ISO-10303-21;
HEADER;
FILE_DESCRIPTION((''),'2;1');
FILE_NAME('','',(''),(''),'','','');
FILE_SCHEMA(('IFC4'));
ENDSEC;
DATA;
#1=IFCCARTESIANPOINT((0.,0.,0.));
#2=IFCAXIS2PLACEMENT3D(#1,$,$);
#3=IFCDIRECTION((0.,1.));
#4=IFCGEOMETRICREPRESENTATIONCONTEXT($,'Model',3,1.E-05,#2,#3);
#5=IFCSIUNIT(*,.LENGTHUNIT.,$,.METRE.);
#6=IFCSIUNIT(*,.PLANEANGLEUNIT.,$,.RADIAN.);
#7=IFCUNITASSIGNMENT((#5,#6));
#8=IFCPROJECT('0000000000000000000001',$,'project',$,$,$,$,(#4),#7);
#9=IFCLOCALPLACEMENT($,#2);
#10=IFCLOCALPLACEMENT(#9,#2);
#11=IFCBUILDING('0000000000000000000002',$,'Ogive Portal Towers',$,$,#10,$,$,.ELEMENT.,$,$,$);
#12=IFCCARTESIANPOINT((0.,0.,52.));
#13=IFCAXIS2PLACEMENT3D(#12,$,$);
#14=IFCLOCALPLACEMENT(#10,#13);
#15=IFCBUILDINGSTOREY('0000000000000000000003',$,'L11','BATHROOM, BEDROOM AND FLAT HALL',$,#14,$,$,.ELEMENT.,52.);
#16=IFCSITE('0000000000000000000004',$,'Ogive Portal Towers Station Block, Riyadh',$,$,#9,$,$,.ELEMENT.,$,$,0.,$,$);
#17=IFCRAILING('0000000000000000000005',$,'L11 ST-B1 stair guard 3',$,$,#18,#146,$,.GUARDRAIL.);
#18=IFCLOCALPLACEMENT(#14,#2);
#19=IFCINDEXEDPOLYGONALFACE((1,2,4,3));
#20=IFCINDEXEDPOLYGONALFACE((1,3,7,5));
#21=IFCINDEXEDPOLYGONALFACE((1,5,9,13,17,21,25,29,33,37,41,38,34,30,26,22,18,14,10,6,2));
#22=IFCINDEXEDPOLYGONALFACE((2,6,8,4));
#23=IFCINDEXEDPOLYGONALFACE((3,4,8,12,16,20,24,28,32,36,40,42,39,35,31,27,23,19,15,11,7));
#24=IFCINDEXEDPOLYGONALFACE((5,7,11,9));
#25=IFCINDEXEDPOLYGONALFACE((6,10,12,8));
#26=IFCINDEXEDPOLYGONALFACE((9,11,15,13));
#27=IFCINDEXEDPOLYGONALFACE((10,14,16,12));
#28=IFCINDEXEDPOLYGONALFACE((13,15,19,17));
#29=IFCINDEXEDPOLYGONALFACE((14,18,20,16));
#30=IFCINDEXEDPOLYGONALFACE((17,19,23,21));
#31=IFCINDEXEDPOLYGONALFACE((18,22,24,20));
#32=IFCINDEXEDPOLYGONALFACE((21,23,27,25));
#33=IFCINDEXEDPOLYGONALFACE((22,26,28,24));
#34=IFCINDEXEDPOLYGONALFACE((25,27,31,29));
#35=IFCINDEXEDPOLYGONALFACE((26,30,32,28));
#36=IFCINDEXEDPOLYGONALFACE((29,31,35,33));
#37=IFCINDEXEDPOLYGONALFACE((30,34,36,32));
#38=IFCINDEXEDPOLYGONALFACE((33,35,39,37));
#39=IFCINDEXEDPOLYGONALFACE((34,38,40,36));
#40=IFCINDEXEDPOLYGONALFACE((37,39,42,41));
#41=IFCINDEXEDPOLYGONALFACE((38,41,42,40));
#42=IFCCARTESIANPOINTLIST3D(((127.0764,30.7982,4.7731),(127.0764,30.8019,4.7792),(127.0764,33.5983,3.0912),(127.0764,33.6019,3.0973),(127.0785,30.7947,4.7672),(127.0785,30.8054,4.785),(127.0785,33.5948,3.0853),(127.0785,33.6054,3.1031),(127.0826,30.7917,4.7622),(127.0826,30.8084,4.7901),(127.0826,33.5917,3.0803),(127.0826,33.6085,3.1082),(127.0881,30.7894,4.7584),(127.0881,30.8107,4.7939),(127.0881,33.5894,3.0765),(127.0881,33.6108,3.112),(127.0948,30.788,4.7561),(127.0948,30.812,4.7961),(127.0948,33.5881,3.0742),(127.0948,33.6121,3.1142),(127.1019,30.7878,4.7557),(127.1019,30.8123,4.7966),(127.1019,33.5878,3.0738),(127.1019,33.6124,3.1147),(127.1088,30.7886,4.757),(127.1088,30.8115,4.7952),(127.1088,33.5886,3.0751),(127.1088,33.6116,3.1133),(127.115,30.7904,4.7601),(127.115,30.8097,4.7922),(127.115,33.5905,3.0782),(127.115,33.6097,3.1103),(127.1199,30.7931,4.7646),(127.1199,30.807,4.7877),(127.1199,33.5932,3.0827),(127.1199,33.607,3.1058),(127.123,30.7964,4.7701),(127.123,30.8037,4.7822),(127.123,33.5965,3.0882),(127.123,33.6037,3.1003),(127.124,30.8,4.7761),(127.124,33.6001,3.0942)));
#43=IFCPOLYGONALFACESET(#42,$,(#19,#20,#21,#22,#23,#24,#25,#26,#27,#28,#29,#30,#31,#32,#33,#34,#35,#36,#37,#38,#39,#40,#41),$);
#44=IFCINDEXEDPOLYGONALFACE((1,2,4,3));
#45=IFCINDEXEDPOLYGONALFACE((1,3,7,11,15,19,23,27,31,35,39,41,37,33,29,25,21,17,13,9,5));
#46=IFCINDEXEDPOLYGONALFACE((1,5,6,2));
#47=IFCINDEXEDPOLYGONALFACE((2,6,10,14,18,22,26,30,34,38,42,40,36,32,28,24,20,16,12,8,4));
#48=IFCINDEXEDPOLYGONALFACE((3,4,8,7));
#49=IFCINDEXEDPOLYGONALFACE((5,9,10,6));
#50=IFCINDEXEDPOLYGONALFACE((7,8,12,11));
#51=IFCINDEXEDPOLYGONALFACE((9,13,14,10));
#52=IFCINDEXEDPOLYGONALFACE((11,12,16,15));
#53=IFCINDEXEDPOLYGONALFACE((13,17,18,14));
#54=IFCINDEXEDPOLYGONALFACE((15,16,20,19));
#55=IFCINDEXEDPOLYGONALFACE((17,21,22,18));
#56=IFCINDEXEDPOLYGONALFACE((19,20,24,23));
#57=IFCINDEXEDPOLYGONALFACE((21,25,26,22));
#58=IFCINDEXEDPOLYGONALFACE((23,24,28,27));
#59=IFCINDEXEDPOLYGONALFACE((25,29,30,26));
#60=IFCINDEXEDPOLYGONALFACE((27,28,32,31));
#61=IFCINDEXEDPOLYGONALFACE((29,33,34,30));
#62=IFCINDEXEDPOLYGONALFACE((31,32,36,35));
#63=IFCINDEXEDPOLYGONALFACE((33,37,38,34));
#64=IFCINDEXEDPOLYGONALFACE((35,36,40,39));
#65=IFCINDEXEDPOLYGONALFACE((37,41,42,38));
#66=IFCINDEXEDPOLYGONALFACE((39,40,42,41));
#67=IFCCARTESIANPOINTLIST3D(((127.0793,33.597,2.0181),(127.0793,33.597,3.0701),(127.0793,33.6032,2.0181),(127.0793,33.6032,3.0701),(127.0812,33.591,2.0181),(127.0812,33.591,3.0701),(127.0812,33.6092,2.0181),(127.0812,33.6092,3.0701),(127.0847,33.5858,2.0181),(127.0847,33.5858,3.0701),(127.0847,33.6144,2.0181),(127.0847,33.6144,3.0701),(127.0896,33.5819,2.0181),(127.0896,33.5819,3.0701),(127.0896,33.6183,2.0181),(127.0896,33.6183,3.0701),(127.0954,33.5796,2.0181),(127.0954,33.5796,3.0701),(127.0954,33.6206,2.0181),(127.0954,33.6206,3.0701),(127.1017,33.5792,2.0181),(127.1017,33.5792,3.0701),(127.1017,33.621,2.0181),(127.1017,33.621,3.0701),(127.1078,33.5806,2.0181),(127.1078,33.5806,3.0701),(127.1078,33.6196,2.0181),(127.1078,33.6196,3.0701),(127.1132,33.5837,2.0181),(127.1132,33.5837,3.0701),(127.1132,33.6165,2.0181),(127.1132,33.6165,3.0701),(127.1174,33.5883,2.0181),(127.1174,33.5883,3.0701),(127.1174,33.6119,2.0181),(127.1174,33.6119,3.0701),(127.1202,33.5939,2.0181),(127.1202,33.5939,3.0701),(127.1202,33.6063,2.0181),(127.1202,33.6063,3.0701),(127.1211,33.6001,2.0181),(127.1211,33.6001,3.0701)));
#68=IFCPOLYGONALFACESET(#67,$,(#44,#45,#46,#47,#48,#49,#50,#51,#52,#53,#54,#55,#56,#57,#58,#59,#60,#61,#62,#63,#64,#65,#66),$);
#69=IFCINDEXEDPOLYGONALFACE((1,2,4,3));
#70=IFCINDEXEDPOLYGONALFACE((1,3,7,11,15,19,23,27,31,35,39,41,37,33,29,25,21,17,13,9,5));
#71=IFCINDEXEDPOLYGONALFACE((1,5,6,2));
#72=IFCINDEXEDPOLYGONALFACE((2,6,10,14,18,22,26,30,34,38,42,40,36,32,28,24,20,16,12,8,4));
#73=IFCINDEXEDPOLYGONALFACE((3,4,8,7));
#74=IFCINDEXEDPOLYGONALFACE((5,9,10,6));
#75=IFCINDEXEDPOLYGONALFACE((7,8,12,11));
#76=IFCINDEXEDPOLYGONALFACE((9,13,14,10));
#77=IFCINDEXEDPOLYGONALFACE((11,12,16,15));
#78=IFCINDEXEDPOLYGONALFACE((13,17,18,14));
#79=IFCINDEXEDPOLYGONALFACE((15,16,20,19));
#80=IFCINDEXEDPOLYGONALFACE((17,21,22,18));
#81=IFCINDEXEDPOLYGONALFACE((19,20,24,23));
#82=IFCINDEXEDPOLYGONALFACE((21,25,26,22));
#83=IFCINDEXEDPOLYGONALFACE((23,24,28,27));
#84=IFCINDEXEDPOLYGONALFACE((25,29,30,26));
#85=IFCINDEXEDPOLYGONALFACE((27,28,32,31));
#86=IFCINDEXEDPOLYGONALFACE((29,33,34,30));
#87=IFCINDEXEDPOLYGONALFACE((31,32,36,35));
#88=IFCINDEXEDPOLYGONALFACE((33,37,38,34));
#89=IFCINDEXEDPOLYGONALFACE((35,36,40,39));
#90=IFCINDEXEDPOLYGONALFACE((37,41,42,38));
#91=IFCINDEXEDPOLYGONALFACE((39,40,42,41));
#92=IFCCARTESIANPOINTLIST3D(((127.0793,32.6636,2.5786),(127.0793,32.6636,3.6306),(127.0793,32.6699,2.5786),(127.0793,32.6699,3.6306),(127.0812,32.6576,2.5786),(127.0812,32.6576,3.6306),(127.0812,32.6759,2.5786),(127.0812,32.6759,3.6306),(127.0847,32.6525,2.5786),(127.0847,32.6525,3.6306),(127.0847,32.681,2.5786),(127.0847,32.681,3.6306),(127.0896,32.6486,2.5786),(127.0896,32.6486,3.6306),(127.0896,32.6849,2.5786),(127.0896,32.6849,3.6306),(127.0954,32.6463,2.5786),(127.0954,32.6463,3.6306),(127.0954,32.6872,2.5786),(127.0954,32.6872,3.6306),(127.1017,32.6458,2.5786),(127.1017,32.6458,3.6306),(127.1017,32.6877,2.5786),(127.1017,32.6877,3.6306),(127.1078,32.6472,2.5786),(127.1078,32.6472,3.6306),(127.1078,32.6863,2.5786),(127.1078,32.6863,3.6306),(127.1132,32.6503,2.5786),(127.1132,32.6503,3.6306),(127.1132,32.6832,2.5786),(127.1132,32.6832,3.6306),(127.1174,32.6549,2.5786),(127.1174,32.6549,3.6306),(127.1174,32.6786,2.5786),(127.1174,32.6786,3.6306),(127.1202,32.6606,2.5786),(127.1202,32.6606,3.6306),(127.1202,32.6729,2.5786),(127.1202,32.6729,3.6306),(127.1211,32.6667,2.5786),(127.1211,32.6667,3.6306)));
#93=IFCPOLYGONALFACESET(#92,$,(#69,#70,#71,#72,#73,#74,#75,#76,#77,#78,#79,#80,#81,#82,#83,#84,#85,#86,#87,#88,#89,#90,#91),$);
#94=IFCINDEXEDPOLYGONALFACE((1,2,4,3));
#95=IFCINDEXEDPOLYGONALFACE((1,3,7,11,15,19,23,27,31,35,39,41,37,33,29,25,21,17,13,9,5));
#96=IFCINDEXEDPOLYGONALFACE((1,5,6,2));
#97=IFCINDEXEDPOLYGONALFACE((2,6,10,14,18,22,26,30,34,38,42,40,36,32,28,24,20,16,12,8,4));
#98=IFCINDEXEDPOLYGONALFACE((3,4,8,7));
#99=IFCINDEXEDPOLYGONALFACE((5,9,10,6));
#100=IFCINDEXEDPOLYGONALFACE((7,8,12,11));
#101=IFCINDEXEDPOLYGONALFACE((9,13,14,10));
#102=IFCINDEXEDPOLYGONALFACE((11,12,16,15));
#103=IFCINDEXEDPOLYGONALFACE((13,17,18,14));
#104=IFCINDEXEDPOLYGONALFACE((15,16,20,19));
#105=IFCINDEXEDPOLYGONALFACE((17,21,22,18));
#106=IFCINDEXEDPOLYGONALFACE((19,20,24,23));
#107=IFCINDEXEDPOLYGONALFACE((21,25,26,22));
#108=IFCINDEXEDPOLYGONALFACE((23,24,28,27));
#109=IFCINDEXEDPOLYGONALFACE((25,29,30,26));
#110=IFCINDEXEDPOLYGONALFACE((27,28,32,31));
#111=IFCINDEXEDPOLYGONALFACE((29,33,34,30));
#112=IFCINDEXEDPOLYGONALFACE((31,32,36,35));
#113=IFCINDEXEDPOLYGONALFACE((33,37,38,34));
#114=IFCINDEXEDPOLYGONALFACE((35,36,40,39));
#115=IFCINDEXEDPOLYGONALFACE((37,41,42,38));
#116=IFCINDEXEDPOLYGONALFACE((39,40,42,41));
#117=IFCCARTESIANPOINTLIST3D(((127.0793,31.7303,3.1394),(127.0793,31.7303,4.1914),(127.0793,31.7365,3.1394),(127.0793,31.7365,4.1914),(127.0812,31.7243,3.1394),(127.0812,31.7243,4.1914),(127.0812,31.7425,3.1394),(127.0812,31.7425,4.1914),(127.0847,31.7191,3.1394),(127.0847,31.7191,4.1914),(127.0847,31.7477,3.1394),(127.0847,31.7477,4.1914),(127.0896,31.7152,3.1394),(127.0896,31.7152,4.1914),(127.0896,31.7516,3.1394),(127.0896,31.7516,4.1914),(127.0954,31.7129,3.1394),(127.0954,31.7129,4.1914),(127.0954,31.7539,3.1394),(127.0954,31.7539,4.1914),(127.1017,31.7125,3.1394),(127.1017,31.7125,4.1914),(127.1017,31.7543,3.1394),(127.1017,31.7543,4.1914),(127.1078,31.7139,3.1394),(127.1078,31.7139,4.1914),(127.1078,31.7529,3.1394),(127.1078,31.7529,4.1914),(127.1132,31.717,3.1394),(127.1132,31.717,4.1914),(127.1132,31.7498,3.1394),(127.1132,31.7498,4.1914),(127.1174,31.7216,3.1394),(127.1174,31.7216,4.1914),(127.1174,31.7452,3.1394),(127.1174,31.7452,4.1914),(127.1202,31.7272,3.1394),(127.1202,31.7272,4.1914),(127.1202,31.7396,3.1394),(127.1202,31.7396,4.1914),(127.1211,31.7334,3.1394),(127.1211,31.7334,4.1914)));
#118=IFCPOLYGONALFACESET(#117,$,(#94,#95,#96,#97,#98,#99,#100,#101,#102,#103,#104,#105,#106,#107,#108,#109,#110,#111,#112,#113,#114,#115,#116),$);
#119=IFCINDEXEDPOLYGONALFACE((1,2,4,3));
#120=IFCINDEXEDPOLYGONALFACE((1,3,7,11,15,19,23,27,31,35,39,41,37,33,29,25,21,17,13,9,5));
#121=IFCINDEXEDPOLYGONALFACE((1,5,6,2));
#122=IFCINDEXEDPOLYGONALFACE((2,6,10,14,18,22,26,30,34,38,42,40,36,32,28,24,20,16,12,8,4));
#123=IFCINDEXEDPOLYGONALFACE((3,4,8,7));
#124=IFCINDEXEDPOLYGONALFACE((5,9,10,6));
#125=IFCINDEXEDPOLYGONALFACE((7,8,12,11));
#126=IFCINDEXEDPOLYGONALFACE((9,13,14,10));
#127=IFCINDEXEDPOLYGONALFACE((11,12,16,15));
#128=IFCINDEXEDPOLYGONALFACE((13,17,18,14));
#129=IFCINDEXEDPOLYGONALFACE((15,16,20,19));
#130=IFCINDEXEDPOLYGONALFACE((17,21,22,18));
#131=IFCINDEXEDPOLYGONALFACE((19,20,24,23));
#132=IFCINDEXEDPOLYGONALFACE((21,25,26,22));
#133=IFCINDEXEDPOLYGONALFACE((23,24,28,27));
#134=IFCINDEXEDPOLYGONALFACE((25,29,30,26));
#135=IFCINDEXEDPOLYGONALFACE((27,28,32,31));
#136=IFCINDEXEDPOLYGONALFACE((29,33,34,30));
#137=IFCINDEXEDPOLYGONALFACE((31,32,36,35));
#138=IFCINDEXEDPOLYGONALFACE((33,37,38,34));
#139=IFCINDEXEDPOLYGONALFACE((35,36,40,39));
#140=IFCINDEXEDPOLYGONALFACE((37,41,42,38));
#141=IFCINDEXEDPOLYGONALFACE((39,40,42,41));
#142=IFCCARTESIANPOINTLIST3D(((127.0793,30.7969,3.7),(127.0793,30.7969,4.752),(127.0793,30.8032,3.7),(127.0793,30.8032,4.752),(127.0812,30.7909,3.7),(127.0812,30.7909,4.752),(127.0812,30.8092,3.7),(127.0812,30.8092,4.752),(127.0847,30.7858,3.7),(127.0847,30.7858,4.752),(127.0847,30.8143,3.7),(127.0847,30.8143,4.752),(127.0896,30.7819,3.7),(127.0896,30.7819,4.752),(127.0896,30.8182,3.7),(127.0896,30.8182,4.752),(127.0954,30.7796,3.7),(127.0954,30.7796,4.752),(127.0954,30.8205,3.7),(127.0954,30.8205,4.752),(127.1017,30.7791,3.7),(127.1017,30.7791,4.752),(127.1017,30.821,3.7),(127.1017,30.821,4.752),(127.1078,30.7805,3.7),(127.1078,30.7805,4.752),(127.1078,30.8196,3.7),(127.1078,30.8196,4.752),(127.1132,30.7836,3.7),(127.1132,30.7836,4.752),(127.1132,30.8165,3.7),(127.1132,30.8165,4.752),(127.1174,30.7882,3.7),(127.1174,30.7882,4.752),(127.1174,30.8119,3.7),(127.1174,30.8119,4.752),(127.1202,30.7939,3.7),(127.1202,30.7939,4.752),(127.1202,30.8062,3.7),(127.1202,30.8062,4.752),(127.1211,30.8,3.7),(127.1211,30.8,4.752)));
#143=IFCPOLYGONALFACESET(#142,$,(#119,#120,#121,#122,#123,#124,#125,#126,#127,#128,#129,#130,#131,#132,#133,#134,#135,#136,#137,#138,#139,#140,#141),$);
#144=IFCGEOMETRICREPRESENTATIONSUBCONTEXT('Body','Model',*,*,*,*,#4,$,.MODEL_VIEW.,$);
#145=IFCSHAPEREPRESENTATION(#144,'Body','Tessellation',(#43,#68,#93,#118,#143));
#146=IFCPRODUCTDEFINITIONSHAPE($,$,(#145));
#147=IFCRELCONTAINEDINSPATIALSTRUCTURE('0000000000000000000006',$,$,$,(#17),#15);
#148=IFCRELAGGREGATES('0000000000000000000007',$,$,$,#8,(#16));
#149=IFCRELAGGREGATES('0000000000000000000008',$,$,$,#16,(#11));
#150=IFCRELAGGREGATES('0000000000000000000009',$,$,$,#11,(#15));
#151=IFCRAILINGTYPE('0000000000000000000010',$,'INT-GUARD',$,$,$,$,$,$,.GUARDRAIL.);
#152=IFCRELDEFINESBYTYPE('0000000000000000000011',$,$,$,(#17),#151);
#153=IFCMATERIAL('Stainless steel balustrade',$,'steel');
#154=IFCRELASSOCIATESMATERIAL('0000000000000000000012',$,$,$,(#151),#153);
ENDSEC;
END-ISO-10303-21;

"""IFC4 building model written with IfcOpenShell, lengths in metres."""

from ifc_helpers import new_model, si_unit, direction, frame, origin, origin_2d, place, context, subcontext, project, spatial, circle, extrude, material, type_object, element, save


model = new_model("IFC4")

# Units and contexts
model_context = context("Model", 3, precision=1e-05, world=origin(), true_north=direction((0.0, 1.0)))
body_context = subcontext(model_context, "Body", "Model", "MODEL_VIEW")
ifc_project = project(units=[si_unit("LENGTHUNIT", "METRE"), si_unit("PLANEANGLEUNIT", "RADIAN")], contexts=[model_context])

# Site, building, storey
site_placement = place(None, origin())
site = spatial("IfcSite", under=ifc_project, at=site_placement, Name="Ogive Portal Towers Station Block, Riyadh", CompositionType="ELEMENT", RefElevation=0.0)
building_placement = place(site_placement, origin())
building = spatial("IfcBuilding", under=site, at=building_placement, Name="Ogive Portal Towers", CompositionType="ELEMENT")
storey_placement = place(building_placement, frame((0.0, 0.0, 52.0)))
storey = spatial("IfcBuildingStorey", under=building, at=storey_placement, Name="L11", Description="BATHROOM, BEDROOM AND FLAT HALL", CompositionType="ELEMENT", Elevation=52.0)

# Railing
ifc_material_1 = material(Name="Stainless steel balustrade", Category="steel")
railing_type_1 = type_object("IfcRailingType", Name="INT-GUARD", PredefinedType="GUARDRAIL", material=ifc_material_1)
railing_1_placement = place(storey_placement, frame((127.1001, 33.6001, 2.0181)))
element("IfcRailing", 1, at=railing_1_placement, inside=storey, type_object=railing_type_1, Name="L11 ST-B1 stair guard 3", PredefinedType="GUARDRAIL", context=body_context, shape_type="SweptSolid", body=[
    extrude(circle(Radius=0.0239, at=origin_2d()), frame((0.0, 0.0, 1.0762), z_axis=(0.0, -0.857242, 0.514913), x_axis=(1.0, 0.0, 0.0)), (0.0, 0.0, 1.0), 3.2664),
    extrude(circle(Radius=0.021, at=origin_2d()), origin(), (0.0, 0.0, 1.0), 1.052),
    extrude(circle(Radius=0.021, at=origin_2d()), frame((0.0, -0.9333, 0.5605)), (0.0, 0.0, 1.0), 1.052),
    extrude(circle(Radius=0.021, at=origin_2d()), frame((0.0, -1.8667, 1.1213)), (0.0, 0.0, 1.0), 1.052),
    extrude(circle(Radius=0.021, at=origin_2d()), frame((0.0, -2.8, 1.6819)), (0.0, 0.0, 1.0), 1.052),
])

save(model, "model.ifc")
